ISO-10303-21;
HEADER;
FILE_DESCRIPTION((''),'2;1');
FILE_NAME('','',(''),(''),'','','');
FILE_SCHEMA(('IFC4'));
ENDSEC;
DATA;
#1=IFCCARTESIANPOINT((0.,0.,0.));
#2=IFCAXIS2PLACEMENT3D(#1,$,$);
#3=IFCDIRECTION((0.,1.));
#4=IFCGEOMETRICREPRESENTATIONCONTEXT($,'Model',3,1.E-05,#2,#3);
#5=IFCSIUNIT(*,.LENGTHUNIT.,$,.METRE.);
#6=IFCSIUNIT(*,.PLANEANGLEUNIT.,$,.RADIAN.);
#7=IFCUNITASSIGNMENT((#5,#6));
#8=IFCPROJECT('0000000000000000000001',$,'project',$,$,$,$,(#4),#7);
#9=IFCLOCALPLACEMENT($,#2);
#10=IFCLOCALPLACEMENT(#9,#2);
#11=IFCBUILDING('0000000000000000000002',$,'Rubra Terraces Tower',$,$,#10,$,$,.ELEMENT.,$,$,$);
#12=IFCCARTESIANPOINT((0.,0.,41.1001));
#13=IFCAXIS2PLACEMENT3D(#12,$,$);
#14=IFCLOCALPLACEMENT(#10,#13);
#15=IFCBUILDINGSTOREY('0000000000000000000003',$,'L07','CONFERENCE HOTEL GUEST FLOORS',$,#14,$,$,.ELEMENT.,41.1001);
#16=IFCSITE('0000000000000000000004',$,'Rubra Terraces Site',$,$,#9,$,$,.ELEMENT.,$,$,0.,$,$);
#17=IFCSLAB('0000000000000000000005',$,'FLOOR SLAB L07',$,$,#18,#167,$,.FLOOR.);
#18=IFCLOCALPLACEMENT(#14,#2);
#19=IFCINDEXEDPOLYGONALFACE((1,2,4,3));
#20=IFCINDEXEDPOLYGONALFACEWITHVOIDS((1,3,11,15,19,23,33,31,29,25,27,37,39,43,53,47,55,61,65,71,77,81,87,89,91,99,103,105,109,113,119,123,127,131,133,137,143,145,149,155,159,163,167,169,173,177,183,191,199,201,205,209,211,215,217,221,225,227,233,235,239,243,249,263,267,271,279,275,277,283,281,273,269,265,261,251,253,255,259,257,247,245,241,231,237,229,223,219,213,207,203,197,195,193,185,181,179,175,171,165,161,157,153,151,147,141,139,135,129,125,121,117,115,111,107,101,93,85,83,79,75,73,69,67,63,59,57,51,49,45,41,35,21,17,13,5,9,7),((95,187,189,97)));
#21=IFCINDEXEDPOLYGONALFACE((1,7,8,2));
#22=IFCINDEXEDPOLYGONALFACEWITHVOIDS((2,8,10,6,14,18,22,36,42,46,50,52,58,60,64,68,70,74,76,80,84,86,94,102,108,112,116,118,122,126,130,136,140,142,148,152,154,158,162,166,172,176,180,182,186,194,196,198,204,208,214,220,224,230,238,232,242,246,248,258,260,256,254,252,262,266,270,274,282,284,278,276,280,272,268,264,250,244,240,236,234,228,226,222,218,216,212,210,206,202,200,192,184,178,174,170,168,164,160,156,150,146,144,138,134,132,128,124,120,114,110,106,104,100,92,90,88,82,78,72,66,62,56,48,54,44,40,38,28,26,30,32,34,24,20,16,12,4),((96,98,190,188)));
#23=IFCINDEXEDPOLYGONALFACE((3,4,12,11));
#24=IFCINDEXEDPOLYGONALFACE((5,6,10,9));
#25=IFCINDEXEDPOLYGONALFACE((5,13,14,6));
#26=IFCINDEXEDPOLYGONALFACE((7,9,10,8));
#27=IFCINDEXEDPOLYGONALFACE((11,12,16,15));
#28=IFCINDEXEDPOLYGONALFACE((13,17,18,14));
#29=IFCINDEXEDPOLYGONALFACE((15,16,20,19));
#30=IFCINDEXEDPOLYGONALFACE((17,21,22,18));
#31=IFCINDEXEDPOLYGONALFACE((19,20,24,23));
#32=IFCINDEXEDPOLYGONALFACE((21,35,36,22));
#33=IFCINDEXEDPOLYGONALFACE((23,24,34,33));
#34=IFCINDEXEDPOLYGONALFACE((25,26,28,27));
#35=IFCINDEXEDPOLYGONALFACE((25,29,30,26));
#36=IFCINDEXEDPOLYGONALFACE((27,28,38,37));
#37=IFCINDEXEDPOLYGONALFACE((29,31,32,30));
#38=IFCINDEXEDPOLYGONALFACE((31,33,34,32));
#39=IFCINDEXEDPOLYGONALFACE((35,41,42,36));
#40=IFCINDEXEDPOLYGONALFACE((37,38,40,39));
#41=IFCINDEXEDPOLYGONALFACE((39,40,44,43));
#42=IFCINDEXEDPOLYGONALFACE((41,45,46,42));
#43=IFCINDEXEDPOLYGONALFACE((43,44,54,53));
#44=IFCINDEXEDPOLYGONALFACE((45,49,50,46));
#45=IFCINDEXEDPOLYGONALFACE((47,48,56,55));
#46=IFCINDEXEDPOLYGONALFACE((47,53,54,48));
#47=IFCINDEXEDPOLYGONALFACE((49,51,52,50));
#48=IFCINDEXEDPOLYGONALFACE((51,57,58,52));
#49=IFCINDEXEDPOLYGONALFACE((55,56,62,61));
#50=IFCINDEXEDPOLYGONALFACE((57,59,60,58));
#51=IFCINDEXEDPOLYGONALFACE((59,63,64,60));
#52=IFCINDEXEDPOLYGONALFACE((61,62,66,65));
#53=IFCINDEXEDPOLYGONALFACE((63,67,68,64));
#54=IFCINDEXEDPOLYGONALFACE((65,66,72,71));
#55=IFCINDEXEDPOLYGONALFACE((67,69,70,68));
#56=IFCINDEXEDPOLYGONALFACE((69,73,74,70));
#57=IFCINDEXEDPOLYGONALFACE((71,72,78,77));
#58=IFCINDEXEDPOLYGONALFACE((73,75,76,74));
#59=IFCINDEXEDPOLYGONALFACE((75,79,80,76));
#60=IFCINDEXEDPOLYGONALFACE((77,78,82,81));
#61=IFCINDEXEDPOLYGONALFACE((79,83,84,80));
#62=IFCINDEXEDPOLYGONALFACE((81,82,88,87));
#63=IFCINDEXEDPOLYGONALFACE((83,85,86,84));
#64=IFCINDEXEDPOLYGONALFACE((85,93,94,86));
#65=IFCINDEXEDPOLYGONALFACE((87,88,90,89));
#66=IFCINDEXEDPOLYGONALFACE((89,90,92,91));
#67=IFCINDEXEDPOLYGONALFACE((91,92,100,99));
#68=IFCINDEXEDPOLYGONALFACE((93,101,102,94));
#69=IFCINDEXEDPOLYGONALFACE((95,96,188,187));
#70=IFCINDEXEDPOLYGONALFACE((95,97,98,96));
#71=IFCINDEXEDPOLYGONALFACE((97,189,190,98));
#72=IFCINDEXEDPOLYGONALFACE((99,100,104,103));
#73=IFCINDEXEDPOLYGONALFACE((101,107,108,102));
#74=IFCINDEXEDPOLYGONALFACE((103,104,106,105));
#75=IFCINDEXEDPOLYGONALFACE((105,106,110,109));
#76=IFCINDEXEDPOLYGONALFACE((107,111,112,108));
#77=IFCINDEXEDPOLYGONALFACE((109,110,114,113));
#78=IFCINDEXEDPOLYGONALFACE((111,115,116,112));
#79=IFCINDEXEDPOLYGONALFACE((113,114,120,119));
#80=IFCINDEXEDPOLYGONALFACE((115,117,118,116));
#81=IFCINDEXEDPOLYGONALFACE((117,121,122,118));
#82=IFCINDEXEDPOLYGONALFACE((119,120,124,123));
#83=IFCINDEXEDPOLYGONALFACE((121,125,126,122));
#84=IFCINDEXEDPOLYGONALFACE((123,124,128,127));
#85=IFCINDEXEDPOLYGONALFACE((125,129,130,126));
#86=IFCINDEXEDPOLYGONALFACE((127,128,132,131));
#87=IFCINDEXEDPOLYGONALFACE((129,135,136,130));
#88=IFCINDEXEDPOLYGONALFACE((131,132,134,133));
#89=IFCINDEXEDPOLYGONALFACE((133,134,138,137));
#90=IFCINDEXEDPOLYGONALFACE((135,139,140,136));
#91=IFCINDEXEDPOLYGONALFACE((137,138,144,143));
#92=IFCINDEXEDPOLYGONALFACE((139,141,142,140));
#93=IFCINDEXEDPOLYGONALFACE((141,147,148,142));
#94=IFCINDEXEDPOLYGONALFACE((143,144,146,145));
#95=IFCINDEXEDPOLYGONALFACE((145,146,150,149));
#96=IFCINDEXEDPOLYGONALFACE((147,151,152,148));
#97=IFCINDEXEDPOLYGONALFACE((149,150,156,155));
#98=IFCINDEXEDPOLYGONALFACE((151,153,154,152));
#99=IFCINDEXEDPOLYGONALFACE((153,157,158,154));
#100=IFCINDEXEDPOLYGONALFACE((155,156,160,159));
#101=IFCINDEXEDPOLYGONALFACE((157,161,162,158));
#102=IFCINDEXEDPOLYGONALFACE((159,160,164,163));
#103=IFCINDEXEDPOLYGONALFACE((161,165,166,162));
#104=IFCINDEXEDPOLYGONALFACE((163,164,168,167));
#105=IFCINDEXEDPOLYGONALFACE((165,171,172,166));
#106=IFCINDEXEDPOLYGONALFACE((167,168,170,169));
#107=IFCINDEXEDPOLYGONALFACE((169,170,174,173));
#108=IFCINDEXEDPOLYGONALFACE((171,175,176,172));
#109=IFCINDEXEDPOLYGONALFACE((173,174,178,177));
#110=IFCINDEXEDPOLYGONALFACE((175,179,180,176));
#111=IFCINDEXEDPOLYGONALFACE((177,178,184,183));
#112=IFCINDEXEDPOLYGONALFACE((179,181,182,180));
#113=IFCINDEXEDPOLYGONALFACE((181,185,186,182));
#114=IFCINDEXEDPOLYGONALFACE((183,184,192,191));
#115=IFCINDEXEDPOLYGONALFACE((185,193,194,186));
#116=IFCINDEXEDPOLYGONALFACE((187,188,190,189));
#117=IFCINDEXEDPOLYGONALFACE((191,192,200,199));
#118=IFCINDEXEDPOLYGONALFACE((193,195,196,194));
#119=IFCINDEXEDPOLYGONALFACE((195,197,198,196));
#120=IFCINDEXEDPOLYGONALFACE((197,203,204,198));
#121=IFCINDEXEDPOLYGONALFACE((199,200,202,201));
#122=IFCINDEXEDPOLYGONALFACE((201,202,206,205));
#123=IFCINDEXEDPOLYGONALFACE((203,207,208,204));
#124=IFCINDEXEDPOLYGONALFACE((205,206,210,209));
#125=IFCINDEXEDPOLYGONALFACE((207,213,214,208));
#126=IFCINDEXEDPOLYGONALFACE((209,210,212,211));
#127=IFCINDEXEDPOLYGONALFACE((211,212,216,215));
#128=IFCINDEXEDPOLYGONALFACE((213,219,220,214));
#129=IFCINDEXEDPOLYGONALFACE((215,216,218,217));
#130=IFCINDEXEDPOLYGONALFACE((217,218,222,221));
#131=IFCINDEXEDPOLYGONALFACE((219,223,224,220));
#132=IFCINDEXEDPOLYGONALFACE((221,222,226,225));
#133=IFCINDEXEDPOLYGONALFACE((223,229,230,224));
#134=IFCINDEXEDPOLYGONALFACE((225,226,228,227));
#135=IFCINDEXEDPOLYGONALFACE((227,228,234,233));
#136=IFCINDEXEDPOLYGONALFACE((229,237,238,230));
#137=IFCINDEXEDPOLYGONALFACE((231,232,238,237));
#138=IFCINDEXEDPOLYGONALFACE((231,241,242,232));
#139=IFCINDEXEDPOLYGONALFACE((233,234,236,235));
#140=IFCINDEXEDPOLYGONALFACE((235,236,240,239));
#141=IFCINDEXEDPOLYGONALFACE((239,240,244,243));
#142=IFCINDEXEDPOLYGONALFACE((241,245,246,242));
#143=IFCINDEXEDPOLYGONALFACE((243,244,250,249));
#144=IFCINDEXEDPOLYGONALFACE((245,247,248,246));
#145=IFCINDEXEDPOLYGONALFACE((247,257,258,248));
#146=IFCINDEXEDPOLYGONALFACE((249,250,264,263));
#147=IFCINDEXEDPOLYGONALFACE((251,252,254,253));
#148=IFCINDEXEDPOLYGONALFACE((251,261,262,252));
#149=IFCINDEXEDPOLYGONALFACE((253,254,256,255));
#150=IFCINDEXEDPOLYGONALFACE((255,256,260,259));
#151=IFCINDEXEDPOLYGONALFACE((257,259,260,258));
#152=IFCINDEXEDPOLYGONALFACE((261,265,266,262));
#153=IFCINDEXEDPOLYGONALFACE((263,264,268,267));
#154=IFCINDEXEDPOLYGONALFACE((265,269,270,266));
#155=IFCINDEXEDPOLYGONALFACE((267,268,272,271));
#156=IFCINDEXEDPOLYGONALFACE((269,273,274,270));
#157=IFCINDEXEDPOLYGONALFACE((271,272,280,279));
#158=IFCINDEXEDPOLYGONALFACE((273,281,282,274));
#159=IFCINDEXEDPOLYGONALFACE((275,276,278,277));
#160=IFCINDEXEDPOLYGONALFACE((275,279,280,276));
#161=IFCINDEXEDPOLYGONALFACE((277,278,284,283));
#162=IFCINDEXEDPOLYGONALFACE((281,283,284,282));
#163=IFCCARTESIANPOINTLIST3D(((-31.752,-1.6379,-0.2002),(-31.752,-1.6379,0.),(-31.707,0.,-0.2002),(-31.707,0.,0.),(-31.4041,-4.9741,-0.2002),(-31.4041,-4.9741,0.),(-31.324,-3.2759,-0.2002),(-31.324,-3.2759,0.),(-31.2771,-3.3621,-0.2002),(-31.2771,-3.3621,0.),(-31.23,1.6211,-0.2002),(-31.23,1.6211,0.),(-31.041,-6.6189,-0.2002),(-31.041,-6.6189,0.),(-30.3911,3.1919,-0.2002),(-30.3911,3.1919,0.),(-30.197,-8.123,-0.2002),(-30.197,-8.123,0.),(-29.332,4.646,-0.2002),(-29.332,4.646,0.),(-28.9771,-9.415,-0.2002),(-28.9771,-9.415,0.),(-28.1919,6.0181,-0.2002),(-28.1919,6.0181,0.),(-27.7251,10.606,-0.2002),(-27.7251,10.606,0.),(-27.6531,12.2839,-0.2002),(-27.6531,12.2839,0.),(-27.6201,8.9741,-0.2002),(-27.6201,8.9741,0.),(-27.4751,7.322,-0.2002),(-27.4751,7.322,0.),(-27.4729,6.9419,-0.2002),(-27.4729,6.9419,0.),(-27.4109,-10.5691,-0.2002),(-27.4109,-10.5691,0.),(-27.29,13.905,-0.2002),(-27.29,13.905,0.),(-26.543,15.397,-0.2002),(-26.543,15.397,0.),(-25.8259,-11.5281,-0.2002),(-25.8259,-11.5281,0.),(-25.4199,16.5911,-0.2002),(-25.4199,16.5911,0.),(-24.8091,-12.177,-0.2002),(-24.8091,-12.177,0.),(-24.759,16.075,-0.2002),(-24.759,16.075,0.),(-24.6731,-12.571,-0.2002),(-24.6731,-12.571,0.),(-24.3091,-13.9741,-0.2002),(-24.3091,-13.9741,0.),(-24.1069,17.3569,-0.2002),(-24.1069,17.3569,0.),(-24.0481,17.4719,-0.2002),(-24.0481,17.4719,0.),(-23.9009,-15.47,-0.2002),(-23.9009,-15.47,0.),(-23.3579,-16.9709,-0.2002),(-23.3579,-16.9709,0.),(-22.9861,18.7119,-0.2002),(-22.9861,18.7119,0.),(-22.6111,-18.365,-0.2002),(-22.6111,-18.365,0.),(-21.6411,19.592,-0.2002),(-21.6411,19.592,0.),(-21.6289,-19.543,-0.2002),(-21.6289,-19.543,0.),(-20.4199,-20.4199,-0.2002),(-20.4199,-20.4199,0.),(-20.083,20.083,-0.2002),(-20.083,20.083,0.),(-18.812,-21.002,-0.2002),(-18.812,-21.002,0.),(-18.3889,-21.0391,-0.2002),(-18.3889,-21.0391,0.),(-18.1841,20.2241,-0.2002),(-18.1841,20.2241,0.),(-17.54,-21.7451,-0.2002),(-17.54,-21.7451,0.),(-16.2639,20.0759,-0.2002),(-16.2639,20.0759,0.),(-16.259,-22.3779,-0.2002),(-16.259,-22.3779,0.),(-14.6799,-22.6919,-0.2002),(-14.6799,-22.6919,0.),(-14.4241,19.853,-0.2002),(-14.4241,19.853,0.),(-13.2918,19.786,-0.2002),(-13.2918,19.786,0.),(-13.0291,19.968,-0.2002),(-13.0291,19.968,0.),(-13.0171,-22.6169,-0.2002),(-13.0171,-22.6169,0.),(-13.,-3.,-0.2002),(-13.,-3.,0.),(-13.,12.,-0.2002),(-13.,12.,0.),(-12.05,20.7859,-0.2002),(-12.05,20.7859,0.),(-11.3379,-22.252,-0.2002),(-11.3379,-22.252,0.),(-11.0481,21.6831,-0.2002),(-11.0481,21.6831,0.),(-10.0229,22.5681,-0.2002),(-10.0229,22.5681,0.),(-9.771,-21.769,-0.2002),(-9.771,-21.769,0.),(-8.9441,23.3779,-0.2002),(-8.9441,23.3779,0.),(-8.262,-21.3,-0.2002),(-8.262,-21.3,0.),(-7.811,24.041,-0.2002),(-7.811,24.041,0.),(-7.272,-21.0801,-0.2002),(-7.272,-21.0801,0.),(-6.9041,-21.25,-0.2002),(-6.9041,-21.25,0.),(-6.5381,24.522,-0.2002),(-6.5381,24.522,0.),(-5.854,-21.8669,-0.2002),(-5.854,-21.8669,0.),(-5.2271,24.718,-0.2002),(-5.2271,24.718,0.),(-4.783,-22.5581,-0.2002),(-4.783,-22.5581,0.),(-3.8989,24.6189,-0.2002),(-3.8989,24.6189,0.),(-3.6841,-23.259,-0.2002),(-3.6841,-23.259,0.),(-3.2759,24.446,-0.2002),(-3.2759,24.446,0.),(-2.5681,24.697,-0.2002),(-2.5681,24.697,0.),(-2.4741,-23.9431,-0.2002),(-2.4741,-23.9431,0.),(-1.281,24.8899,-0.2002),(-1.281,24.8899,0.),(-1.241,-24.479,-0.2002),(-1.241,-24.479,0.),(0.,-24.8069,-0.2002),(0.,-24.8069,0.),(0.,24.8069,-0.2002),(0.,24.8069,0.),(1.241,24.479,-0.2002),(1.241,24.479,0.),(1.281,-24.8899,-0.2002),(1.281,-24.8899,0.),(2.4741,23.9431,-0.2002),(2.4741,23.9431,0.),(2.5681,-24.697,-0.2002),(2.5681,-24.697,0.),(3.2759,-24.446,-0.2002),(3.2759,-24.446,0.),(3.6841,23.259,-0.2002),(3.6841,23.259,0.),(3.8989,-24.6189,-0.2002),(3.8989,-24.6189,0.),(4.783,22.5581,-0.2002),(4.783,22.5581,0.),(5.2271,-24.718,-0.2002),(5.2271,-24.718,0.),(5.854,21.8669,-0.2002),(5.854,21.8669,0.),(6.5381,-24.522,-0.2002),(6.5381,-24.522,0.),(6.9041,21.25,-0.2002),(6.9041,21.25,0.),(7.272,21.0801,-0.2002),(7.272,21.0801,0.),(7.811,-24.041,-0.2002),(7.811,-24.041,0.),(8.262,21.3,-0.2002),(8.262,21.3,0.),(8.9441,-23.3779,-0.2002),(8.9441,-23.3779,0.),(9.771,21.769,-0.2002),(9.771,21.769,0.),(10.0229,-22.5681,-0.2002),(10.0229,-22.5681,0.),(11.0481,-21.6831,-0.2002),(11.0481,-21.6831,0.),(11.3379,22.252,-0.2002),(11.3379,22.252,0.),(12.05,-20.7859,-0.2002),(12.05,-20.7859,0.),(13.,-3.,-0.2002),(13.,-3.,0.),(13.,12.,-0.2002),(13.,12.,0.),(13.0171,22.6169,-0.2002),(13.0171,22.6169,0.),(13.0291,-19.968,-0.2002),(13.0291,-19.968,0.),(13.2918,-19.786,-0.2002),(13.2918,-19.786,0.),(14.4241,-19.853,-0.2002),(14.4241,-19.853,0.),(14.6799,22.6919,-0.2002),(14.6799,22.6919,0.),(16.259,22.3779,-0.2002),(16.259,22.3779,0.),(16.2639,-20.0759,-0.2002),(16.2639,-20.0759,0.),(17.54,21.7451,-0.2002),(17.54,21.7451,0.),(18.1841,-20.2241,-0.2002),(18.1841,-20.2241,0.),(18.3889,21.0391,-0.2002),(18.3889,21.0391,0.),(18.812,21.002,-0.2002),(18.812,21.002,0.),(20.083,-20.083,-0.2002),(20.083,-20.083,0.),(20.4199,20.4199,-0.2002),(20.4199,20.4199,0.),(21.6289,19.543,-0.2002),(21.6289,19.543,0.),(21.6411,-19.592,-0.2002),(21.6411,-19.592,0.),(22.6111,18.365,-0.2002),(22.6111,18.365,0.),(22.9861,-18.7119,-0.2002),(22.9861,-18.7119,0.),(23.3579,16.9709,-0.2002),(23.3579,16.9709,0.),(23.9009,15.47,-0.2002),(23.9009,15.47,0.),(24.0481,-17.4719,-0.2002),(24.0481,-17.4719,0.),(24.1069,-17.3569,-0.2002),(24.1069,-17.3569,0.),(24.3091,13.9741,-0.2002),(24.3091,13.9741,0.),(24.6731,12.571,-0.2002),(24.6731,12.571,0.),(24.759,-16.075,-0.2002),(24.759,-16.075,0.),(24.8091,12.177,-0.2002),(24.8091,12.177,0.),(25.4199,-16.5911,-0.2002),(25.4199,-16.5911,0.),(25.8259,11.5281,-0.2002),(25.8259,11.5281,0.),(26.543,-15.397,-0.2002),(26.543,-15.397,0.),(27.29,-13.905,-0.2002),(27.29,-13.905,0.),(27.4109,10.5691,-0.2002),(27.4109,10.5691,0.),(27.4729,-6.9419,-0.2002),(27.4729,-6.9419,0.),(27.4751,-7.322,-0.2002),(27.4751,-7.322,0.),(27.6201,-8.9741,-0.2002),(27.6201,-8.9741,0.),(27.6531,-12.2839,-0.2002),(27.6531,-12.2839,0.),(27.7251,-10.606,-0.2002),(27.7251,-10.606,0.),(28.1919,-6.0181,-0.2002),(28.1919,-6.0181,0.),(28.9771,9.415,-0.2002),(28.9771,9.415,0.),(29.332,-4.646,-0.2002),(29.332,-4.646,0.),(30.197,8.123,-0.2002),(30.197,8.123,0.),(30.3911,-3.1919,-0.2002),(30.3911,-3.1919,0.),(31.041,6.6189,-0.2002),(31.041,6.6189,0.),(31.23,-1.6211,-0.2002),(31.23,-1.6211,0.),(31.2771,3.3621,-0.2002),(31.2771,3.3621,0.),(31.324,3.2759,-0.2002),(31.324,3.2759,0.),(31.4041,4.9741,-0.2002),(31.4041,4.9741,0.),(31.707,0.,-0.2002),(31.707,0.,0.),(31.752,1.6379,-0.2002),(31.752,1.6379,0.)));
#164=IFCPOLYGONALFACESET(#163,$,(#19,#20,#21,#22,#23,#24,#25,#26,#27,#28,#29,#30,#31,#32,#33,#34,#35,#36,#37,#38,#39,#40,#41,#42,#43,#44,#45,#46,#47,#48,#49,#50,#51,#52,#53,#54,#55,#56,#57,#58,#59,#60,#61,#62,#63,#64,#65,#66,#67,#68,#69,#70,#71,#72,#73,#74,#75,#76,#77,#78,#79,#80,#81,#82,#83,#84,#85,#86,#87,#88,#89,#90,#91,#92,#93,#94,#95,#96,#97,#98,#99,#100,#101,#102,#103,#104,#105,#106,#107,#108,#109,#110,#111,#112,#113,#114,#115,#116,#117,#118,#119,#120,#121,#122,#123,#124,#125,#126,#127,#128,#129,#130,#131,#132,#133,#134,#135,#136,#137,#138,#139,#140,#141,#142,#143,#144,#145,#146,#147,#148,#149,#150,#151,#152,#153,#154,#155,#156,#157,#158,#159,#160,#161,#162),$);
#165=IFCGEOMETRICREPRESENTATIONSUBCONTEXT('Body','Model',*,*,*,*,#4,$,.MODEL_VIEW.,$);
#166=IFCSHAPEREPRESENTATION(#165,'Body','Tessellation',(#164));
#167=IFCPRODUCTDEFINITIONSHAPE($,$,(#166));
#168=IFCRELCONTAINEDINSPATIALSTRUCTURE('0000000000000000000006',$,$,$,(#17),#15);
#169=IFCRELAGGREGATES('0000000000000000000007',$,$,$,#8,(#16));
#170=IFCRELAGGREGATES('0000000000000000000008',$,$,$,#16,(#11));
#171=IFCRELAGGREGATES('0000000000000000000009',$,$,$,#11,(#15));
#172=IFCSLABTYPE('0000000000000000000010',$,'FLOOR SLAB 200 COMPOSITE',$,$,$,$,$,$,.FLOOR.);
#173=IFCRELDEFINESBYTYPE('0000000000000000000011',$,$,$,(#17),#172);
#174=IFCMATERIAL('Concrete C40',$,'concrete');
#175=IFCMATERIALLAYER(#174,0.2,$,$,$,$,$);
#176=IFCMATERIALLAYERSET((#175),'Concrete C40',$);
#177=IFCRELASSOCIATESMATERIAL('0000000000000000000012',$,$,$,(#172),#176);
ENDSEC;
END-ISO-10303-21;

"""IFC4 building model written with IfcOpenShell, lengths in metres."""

from ifc_helpers import new_model, si_unit, direction, frame, origin, place, context, subcontext, project, spatial, polyline, outline, extrude, material, layer, layer_set, type_object, element, save


model = new_model("IFC4")

# Units and contexts
model_context = context("Model", 3, precision=1e-05, world=origin(), true_north=direction((0.0, 1.0)))
body_context = subcontext(model_context, "Body", "Model", "MODEL_VIEW")
ifc_project = project(units=[si_unit("LENGTHUNIT", "METRE"), si_unit("PLANEANGLEUNIT", "RADIAN")], contexts=[model_context])

# Site, building, storey
site_placement = place(None, origin())
site = spatial("IfcSite", under=ifc_project, at=site_placement, Name="Rubra Terraces Site", CompositionType="ELEMENT", RefElevation=0.0)
building_placement = place(site_placement, origin())
building = spatial("IfcBuilding", under=site, at=building_placement, Name="Rubra Terraces Tower", CompositionType="ELEMENT")
storey_placement = place(building_placement, frame((0.0, 0.0, 41.1001)))
storey = spatial("IfcBuildingStorey", under=building, at=storey_placement, Name="L07", Description="CONFERENCE HOTEL GUEST FLOORS", CompositionType="ELEMENT", Elevation=41.1001)

# Slab
ifc_material_1 = material(Name="Concrete C40", Category="concrete")
ifc_layer_1 = layer(ifc_material_1, 0.2)
ifc_layer_set_1 = layer_set([ifc_layer_1], Name="Concrete C40")
slab_type_1 = type_object("IfcSlabType", Name="FLOOR SLAB 200 COMPOSITE", PredefinedType="FLOOR", material=ifc_layer_set_1)
slab_1_placement = place(storey_placement, frame((0.0, 0.0, -0.2002)))
element("IfcSlab", 1, at=slab_1_placement, inside=storey, type_object=slab_type_1, Name="FLOOR SLAB L07", PredefinedType="FLOOR", context=body_context, shape_type="SweptSolid", body=[
    extrude(outline(polyline([(27.4751, -7.322), (27.4729, -6.9419), (28.1919, -6.0181), (29.332, -4.646), (30.3911, -3.1919), (31.23, -1.6211), (31.707, 0.0), (31.752, 1.6379), (31.324, 3.2759), (31.2771, 3.3621), (31.4041, 4.9741), (31.041, 6.6189), (30.197, 8.123), (28.9771, 9.415), (27.4109, 10.5691), (25.8259, 11.5281), (24.8091, 12.177), (24.6731, 12.571), (24.3091, 13.9741), (23.9009, 15.47), (23.3579, 16.9709), (22.6111, 18.365), (21.6289, 19.543), (20.4199, 20.4199), (18.812, 21.002), (18.3889, 21.0391), (17.54, 21.7451), (16.259, 22.3779), (14.6799, 22.6919), (13.0171, 22.6169), (11.3379, 22.252), (9.771, 21.769), (8.262, 21.3), (7.272, 21.0801), (6.9041, 21.25), (5.854, 21.8669), (4.783, 22.5581), (3.6841, 23.259), (2.4741, 23.9431), (1.241, 24.479), (0.0, 24.8069), (-1.281, 24.8899), (-2.5681, 24.697), (-3.2759, 24.446), (-3.8989, 24.6189), (-5.2271, 24.718), (-6.5381, 24.522), (-7.811, 24.041), (-8.9441, 23.3779), (-10.0229, 22.5681), (-11.0481, 21.6831), (-12.05, 20.7859), (-13.0291, 19.968), (-13.292, 19.7859), (-12.9719, 19.7671), (-14.4241, 19.853), (-16.2639, 20.0759), (-18.1841, 20.2241), (-20.083, 20.083), (-21.6411, 19.592), (-22.9861, 18.7119), (-24.0481, 17.4719), (-24.759, 16.075), (-24.1069, 17.3569), (-25.4199, 16.5911), (-26.543, 15.397), (-27.29, 13.905), (-27.6531, 12.2839), (-27.7251, 10.606), (-27.6201, 8.9741), (-27.4751, 7.322), (-27.4729, 6.9419), (-28.1919, 6.0181), (-29.332, 4.646), (-30.3911, 3.1919), (-31.23, 1.6211), (-31.707, 0.0), (-31.752, -1.6379), (-31.324, -3.2759), (-31.2771, -3.3621), (-31.4041, -4.9741), (-31.041, -6.6189), (-30.197, -8.123), (-28.9771, -9.415), (-27.4109, -10.5691), (-25.8259, -11.5281), (-24.8091, -12.177), (-24.6731, -12.571), (-24.3091, -13.9741), (-23.9009, -15.47), (-23.3579, -16.9709), (-22.6111, -18.365), (-21.6289, -19.543), (-20.4199, -20.4199), (-18.812, -21.002), (-18.3889, -21.0391), (-17.54, -21.7451), (-16.259, -22.3779), (-14.6799, -22.6919), (-13.0171, -22.6169), (-11.3379, -22.252), (-9.771, -21.769), (-8.262, -21.3), (-7.272, -21.0801), (-6.9041, -21.25), (-5.854, -21.8669), (-4.783, -22.5581), (-3.6841, -23.259), (-2.4741, -23.9431), (-1.241, -24.479), (0.0, -24.8069), (1.281, -24.8899), (2.5681, -24.697), (3.2759, -24.446), (3.8989, -24.6189), (5.2271, -24.718), (6.5381, -24.522), (7.811, -24.041), (8.9441, -23.3779), (10.0229, -22.5681), (11.0481, -21.6831), (12.05, -20.7859), (13.0291, -19.968), (13.292, -19.7859), (12.9719, -19.7671), (14.4241, -19.853), (16.2639, -20.0759), (18.1841, -20.2241), (20.083, -20.083), (21.6411, -19.592), (22.9861, -18.7119), (24.0481, -17.4719), (24.759, -16.075), (24.1069, -17.3569), (25.4199, -16.5911), (26.543, -15.397), (27.29, -13.905), (27.6531, -12.2839), (27.7251, -10.606), (27.6201, -8.9741), (27.4751, -7.322)]), holes=[polyline([(13.0, 12.0), (13.0, -3.0), (-13.0, -3.0), (-13.0, 12.0), (13.0, 12.0)])]), origin(), (0.0, 0.0, 1.0), 0.2002),
])

save(model, "model.ifc")
